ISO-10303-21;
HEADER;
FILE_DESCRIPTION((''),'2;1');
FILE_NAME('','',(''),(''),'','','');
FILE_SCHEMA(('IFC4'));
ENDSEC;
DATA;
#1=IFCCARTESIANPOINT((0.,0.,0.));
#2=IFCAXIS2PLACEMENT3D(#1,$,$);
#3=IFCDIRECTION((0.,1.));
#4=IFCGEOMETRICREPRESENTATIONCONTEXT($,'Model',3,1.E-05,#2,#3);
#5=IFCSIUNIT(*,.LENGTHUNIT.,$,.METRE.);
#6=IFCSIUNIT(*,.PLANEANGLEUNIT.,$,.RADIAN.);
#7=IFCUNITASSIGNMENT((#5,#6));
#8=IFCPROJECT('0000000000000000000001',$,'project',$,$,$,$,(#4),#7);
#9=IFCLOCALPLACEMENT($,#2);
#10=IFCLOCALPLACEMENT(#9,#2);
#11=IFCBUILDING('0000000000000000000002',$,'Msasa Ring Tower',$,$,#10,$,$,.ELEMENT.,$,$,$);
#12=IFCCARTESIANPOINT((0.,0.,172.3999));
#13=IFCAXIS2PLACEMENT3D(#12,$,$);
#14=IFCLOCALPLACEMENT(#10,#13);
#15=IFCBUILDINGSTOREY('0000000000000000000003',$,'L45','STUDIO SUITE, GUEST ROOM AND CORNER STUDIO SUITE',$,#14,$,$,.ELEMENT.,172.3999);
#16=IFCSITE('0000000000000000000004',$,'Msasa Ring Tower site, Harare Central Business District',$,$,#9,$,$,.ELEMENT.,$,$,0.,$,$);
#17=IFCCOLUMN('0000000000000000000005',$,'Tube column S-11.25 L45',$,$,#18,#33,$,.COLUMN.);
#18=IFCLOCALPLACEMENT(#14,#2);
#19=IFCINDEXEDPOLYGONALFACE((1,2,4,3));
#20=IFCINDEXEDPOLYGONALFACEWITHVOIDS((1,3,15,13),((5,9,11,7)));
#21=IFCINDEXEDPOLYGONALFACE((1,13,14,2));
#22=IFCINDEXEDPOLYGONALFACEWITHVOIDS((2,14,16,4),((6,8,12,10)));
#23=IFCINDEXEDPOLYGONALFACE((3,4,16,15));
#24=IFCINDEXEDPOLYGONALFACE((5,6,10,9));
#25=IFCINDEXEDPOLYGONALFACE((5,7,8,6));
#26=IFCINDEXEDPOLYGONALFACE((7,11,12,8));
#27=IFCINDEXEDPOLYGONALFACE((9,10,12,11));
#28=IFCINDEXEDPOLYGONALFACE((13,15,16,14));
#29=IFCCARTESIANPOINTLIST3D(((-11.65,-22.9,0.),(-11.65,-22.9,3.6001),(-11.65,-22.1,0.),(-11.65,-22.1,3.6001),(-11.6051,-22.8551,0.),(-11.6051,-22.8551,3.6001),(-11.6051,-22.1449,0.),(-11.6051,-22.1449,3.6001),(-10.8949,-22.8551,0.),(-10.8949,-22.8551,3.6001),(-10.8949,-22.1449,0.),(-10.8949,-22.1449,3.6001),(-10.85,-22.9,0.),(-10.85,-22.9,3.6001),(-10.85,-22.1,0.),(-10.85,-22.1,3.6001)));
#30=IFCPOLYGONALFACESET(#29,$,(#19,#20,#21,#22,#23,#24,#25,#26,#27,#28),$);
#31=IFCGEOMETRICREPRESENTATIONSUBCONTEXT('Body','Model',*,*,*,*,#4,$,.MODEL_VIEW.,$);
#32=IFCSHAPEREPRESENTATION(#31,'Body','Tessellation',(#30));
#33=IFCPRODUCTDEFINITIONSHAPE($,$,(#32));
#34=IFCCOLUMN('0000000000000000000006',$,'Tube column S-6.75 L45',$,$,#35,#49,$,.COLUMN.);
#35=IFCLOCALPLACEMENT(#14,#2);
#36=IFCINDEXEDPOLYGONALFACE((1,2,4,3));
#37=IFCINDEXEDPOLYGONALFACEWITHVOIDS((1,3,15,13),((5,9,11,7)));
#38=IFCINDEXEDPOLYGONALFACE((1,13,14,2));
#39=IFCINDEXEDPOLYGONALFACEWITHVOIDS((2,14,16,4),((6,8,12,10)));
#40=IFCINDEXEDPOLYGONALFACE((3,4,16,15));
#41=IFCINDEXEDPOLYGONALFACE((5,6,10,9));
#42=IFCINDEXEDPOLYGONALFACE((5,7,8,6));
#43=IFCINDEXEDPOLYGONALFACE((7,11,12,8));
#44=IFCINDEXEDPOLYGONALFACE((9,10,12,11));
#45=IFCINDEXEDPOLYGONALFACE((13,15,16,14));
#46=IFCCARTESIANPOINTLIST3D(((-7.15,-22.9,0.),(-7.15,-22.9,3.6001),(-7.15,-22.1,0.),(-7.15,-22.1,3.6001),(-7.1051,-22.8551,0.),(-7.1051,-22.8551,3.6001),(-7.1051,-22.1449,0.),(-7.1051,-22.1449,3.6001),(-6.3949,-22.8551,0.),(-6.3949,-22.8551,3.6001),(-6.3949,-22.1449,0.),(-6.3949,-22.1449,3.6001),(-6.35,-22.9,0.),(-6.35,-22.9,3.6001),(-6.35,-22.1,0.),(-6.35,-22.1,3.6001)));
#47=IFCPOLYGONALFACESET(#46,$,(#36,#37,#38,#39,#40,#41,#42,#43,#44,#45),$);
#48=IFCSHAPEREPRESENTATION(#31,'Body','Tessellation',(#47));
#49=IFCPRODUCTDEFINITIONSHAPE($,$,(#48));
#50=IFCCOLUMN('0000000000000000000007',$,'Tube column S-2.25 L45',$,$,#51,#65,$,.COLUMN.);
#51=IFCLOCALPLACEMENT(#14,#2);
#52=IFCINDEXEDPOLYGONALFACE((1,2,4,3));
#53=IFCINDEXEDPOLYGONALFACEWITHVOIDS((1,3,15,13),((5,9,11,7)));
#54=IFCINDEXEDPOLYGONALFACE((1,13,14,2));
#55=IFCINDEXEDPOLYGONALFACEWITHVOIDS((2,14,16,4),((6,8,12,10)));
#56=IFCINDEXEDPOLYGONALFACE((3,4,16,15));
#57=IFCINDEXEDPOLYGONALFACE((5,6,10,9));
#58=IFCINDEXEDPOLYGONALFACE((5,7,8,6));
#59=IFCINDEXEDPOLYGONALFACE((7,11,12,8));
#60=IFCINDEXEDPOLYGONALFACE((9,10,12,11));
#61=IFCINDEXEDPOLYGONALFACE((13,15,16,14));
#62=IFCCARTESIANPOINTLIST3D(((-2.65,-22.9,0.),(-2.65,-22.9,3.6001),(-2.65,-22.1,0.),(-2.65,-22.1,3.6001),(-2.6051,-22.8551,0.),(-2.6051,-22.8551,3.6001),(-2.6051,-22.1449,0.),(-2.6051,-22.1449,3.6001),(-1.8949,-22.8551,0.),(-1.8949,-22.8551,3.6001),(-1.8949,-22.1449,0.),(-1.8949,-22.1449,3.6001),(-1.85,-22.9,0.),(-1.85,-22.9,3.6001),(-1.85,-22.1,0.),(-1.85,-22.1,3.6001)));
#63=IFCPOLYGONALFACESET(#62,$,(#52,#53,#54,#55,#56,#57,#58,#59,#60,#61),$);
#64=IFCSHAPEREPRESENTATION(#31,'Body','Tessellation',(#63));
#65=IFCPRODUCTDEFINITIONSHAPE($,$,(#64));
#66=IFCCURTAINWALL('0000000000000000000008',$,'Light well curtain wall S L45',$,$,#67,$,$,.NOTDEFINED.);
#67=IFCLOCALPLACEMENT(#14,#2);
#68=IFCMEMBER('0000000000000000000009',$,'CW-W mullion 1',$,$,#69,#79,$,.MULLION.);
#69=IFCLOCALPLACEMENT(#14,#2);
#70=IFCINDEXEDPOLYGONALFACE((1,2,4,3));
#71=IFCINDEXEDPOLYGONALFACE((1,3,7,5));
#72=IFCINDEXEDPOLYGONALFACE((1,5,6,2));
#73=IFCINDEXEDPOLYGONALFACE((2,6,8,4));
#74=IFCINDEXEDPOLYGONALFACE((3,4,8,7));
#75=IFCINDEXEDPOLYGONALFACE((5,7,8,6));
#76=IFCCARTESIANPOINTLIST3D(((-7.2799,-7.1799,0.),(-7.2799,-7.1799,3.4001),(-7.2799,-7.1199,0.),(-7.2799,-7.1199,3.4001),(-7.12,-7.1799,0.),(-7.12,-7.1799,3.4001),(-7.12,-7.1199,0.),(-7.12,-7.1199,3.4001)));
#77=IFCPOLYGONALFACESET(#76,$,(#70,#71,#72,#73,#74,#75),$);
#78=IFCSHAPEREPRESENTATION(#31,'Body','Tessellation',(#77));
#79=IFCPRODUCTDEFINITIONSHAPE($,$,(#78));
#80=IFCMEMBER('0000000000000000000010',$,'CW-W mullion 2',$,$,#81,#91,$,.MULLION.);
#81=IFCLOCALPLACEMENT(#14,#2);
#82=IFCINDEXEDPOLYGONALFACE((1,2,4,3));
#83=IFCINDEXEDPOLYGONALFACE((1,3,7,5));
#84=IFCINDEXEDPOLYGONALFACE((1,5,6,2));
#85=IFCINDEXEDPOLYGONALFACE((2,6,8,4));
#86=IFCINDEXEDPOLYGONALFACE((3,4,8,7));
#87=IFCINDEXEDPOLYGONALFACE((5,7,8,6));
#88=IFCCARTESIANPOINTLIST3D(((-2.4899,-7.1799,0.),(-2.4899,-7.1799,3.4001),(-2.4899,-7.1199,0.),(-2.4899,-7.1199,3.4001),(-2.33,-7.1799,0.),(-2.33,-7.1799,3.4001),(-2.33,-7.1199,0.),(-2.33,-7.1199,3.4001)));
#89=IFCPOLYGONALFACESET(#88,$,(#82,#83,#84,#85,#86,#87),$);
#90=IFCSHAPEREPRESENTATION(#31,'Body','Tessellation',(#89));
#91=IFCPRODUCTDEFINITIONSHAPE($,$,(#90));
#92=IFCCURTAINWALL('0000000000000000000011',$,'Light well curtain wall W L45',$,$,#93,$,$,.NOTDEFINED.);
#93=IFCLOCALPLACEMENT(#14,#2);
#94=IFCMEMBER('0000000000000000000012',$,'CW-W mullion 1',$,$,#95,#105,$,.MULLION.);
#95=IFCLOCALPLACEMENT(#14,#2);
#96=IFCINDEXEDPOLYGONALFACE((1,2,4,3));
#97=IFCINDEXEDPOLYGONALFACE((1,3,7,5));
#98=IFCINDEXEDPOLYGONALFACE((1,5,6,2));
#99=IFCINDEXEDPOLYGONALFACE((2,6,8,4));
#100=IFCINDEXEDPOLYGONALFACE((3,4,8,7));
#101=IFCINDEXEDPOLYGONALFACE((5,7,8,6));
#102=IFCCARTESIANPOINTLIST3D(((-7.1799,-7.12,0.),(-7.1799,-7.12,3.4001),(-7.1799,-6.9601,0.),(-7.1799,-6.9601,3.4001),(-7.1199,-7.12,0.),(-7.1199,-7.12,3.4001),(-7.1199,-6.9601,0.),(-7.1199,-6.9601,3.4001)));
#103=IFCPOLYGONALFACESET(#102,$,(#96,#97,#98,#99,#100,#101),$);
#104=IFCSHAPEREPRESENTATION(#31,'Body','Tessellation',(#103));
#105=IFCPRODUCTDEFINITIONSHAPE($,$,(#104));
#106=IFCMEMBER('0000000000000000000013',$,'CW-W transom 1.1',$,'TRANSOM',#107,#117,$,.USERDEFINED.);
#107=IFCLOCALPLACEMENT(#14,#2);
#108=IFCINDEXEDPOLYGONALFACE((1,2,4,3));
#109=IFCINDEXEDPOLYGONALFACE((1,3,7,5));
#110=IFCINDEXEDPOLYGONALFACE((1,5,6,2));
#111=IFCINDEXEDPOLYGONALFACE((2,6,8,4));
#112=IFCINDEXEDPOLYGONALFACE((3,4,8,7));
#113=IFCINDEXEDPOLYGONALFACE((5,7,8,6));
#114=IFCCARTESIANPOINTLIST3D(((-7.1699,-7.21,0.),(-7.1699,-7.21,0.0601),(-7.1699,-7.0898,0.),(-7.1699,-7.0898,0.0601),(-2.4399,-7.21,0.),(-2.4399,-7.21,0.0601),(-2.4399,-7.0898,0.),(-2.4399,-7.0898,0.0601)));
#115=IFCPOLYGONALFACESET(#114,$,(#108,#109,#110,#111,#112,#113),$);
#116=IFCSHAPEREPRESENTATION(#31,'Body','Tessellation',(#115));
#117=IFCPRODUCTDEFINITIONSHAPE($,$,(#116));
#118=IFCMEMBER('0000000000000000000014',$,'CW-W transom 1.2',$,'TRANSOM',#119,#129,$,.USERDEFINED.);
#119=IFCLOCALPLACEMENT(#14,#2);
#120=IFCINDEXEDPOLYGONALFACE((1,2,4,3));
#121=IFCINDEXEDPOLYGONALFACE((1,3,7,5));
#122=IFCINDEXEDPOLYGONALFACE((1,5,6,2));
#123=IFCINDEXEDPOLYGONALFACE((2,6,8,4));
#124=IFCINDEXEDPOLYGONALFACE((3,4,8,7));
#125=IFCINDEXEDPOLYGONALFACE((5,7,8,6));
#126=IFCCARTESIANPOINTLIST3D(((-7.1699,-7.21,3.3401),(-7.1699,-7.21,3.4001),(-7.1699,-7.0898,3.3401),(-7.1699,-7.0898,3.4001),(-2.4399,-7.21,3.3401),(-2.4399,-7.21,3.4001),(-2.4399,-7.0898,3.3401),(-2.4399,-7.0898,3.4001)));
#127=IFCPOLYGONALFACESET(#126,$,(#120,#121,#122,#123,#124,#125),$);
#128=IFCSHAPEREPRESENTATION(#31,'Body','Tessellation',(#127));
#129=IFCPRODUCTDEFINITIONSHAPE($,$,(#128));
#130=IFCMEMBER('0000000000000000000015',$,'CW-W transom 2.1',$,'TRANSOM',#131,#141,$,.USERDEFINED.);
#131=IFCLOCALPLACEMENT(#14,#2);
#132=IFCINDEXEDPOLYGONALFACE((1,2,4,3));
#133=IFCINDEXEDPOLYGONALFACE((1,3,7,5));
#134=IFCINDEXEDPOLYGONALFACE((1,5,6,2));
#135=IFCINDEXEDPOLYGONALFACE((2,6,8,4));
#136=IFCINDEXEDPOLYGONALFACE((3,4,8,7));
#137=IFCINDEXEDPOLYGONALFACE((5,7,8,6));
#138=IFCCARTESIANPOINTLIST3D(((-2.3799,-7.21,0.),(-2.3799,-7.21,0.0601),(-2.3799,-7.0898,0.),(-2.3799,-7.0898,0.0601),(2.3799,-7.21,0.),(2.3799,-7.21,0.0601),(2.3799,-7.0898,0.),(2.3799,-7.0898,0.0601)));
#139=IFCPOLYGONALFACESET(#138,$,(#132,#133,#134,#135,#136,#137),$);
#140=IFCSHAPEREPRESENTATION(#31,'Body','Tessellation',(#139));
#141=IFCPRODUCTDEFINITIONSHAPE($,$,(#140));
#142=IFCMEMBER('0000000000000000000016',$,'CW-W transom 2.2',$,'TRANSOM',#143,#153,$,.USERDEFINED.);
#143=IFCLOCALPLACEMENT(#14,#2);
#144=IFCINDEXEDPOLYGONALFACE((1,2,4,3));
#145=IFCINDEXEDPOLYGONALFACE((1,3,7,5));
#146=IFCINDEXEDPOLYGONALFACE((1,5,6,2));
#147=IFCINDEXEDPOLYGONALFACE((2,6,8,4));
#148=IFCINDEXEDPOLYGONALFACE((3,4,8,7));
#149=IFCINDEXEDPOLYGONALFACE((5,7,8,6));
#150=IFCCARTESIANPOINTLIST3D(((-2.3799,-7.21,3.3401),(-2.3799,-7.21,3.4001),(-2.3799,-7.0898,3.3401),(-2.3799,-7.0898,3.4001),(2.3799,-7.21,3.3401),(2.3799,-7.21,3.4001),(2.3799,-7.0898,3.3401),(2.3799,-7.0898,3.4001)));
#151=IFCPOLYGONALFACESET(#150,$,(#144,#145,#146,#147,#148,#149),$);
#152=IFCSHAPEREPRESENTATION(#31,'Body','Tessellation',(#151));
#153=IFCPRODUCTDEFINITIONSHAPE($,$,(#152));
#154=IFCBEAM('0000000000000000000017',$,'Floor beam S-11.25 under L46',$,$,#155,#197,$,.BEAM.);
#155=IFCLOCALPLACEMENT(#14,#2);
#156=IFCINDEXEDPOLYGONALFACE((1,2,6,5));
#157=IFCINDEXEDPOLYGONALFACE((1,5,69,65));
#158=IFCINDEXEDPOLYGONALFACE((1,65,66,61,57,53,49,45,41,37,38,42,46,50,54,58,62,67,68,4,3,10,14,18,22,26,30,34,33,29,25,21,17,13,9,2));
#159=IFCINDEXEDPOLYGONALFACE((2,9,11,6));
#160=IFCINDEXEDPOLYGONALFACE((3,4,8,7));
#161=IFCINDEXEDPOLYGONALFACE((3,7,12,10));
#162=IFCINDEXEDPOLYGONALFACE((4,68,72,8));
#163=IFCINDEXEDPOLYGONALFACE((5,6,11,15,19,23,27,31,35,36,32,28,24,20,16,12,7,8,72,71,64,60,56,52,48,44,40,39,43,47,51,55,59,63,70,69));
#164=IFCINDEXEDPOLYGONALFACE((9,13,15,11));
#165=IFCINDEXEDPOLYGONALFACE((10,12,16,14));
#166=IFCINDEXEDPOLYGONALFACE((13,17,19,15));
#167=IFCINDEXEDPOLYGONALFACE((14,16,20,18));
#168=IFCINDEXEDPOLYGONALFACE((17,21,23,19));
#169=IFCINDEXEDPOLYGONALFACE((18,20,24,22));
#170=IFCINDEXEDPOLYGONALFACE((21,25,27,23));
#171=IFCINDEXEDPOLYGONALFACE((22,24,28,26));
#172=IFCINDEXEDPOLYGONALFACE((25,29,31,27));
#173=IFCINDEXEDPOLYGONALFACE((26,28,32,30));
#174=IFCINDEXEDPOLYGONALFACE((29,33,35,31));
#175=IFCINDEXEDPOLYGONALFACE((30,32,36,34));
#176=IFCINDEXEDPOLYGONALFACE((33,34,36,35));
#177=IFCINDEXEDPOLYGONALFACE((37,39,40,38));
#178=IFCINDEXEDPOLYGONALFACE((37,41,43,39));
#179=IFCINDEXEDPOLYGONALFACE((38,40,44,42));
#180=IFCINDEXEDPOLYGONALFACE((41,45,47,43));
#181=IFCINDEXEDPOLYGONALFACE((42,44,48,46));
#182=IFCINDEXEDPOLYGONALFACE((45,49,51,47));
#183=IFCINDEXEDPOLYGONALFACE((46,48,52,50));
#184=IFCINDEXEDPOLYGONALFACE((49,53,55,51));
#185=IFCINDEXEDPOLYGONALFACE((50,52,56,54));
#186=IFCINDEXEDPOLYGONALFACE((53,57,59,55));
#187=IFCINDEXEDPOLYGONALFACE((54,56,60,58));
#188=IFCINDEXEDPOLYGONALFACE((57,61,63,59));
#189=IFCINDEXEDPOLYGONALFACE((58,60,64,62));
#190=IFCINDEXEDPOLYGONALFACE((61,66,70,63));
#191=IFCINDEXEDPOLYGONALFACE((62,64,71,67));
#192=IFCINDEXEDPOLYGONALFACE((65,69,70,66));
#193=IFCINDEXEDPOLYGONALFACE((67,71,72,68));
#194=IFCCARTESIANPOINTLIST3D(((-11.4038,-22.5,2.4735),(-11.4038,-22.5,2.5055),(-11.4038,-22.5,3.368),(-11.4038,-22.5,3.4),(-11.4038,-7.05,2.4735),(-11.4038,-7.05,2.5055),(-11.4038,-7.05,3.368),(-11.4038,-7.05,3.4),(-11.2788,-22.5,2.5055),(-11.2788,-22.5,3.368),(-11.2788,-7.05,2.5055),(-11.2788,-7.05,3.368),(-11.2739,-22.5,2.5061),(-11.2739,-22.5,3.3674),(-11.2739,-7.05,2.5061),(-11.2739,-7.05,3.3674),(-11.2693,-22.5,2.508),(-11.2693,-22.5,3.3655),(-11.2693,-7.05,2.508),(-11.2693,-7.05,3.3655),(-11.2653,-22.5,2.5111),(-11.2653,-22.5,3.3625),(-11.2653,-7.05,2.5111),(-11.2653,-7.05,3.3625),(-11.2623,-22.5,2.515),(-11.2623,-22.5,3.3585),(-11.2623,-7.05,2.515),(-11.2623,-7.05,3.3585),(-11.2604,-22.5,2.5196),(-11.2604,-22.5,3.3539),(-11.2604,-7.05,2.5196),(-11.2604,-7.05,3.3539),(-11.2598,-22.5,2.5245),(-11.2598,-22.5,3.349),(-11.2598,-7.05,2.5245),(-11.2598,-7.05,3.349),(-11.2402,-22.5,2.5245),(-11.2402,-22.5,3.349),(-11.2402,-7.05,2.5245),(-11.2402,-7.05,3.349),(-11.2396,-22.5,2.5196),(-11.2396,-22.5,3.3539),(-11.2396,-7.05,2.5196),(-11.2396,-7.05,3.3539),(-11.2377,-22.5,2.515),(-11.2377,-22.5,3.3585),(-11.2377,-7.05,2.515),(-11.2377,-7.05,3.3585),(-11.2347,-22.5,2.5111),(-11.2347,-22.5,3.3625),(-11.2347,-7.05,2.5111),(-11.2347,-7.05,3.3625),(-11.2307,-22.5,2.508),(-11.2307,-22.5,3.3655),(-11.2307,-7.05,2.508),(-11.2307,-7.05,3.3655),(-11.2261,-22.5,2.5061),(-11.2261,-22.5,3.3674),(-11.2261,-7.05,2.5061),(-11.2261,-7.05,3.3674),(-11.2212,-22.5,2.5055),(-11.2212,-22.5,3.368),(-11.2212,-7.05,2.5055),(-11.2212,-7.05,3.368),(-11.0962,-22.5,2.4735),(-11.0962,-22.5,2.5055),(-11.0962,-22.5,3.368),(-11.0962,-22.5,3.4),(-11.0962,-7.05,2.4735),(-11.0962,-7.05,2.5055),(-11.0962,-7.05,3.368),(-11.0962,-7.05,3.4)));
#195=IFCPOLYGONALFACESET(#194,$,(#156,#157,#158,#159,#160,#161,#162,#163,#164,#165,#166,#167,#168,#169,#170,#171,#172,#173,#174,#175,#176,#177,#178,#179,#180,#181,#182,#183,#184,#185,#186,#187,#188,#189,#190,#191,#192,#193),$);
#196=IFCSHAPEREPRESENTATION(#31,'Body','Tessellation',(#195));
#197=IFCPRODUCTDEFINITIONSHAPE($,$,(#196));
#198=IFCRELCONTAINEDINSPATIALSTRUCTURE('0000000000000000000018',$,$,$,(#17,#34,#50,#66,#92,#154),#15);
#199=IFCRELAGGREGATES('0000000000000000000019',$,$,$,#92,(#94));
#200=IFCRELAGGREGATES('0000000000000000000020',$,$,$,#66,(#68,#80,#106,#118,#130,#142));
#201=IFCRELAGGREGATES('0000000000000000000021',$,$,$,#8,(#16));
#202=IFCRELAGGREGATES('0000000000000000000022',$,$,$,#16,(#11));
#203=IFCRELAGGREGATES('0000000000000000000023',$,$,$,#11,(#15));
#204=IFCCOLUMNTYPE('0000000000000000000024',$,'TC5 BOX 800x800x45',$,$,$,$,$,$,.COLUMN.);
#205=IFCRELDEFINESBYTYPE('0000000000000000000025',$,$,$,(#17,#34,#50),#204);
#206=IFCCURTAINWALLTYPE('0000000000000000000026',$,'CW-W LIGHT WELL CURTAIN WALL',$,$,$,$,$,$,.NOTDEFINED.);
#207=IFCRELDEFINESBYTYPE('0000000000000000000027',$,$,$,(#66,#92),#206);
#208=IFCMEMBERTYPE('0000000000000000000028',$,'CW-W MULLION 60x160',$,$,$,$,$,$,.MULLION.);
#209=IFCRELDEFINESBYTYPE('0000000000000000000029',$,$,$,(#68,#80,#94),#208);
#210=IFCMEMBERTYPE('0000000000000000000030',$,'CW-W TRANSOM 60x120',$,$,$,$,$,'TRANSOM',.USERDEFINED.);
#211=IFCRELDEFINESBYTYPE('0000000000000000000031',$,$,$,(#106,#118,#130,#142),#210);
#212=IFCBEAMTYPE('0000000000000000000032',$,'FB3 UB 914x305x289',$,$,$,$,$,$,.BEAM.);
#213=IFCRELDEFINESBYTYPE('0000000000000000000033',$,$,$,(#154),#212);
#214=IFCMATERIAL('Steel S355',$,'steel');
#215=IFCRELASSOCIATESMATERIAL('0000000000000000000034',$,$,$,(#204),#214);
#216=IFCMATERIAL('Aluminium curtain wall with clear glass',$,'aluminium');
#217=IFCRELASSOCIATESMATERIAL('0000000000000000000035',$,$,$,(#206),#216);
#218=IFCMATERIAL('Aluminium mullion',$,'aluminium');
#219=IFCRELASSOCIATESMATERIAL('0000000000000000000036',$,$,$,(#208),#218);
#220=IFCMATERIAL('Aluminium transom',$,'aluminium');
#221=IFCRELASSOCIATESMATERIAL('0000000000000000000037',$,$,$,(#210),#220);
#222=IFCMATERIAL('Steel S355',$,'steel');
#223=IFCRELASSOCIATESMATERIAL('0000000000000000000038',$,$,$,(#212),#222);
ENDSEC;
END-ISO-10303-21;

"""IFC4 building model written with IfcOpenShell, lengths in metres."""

from ifc_helpers import new_model, si_unit, direction, frame, origin, origin_2d, place, context, subcontext, project, spatial, rectangle, hollow_rectangle, i_section, extrude, material, material_profile, profile_set, type_object, element, aggregate, save


model = new_model("IFC4")

# Units and contexts
model_context = context("Model", 3, precision=1e-05, world=origin(), true_north=direction((0.0, 1.0)))
body_context = subcontext(model_context, "Body", "Model", "MODEL_VIEW")
ifc_project = project(units=[si_unit("LENGTHUNIT", "METRE"), si_unit("PLANEANGLEUNIT", "RADIAN")], contexts=[model_context])

# Site, building, storey
site_placement = place(None, origin())
site = spatial("IfcSite", under=ifc_project, at=site_placement, Name="Msasa Ring Tower site, Harare Central Business District", CompositionType="ELEMENT", RefElevation=0.0)
building_placement = place(site_placement, origin())
building = spatial("IfcBuilding", under=site, at=building_placement, Name="Msasa Ring Tower", CompositionType="ELEMENT")
storey_placement = place(building_placement, frame((0.0, 0.0, 172.3999)))
storey = spatial("IfcBuildingStorey", under=building, at=storey_placement, Name="L45", Description="STUDIO SUITE, GUEST ROOM AND CORNER STUDIO SUITE", CompositionType="ELEMENT", Elevation=172.3999)

# Columns
ifc_material_1 = material(Name="Steel S355", Category="steel")
ifc_material_profile_1 = material_profile(ifc_material_1, hollow_rectangle(XDim=0.8, YDim=0.8, WallThickness=0.0449, at=origin_2d()), Name="BOX 800x800x45")
ifc_profile_set_1 = profile_set([ifc_material_profile_1], Name="Steel S355")
column_type = type_object("IfcColumnType", Name="TC5 BOX 800x800x45", PredefinedType="COLUMN", material=ifc_profile_set_1)
for number, where, z_axis, x_axis, name in (
    (1, (-11.25, -22.5, 0.0), (0.0, 0.0, 1.0), (0.0, 1.0, 0.0), "Tube column S-11.25 L45"),
    (2, (-6.75, -22.5, 0.0), (0.0, 0.0, 1.0), (0.0, 1.0, 0.0), "Tube column S-6.75 L45"),
    (3, (-2.25, -22.5, 0.0), (0.0, 0.0, 1.0), (0.0, 1.0, 0.0), "Tube column S-2.25 L45"),
):
    element("IfcColumn", number, at=place(storey_placement, frame(where, z_axis=z_axis, x_axis=x_axis)), inside=storey, type_object=column_type, Name=name, PredefinedType="COLUMN", context=body_context, shape_type="SweptSolid", body=[
        extrude(hollow_rectangle(XDim=0.8, YDim=0.8, WallThickness=0.0449, at=origin_2d()), origin(), (0.0, 0.0, 1.0), 3.6001),
    ])

# Curtain wall, members
ifc_material_2 = material(Name="Aluminium curtain wall with clear glass", Category="aluminium")
curtain_wall_type = type_object("IfcCurtainWallType", Name="CW-W LIGHT WELL CURTAIN WALL", PredefinedType="NOTDEFINED", material=ifc_material_2)
curtain_wall_1_placement = place(storey_placement, origin())
curtain_wall_1 = element("IfcCurtainWall", 4, at=curtain_wall_1_placement, inside=storey, type_object=curtain_wall_type, Name="Light well curtain wall S L45", PredefinedType="NOTDEFINED")
ifc_material_3 = material(Name="Aluminium mullion", Category="aluminium")
ifc_material_profile_2 = material_profile(ifc_material_3, rectangle(XDim=0.0601, YDim=0.1599, at=origin_2d()), Name="AL 60x160")
ifc_profile_set_2 = profile_set([ifc_material_profile_2], Name="Aluminium mullion")
member_type_1 = type_object("IfcMemberType", Name="CW-W MULLION 60x160", PredefinedType="MULLION", material=ifc_profile_set_2)
member_1_placement = place(storey_placement, frame((-7.2, -7.1499, 0.0), z_axis=(0.0, 0.0, 1.0), x_axis=(0.0, 1.0, 0.0)))
member_1 = element("IfcMember", 5, at=member_1_placement, type_object=member_type_1, Name="CW-W mullion 1", PredefinedType="MULLION", context=body_context, shape_type="SweptSolid", body=[
    extrude(rectangle(XDim=0.0601, YDim=0.1599, at=origin_2d()), origin(), (0.0, 0.0, 1.0), 3.4001),
])
member_2_placement = place(storey_placement, frame((-2.4099, -7.1499, 0.0), z_axis=(0.0, 0.0, 1.0), x_axis=(0.0, 1.0, 0.0)))
member_2 = element("IfcMember", 6, at=member_2_placement, type_object=member_type_1, Name="CW-W mullion 2", PredefinedType="MULLION", context=body_context, shape_type="SweptSolid", body=[
    extrude(rectangle(XDim=0.0601, YDim=0.1599, at=origin_2d()), origin(), (0.0, 0.0, 1.0), 3.4001),
])

# Curtain wall, member
curtain_wall_2_placement = place(storey_placement, origin())
curtain_wall_2 = element("IfcCurtainWall", 7, at=curtain_wall_2_placement, inside=storey, type_object=curtain_wall_type, Name="Light well curtain wall W L45", PredefinedType="NOTDEFINED")
member_3_placement = place(storey_placement, frame((-7.1499, -7.04, 0.0), z_axis=(0.0, 0.0, 1.0), x_axis=(-1.0, 0.0, 0.0)))
member_3 = element("IfcMember", 8, at=member_3_placement, type_object=member_type_1, Name="CW-W mullion 1", PredefinedType="MULLION", context=body_context, shape_type="SweptSolid", body=[
    extrude(rectangle(XDim=0.0601, YDim=0.1599, at=origin_2d()), origin(), (0.0, 0.0, 1.0), 3.4001),
])
aggregate(curtain_wall_2, [member_3])

# Members
ifc_material_4 = material(Name="Aluminium transom", Category="aluminium")
ifc_material_profile_3 = material_profile(ifc_material_4, rectangle(XDim=0.1201, YDim=0.0601, at=origin_2d()), Name="AL 60x120")
ifc_profile_set_3 = profile_set([ifc_material_profile_3], Name="Aluminium transom")
member_type_2 = type_object("IfcMemberType", Name="CW-W TRANSOM 60x120", ElementType="TRANSOM", PredefinedType="USERDEFINED", material=ifc_profile_set_3)
member_4_placement = place(storey_placement, frame((-7.1699, -7.1499, 0.03), z_axis=(1.0, 0.0, 0.0), x_axis=(0.0, 1.0, 0.0)))
member_4 = element("IfcMember", 9, at=member_4_placement, type_object=member_type_2, Name="CW-W transom 1.1", ObjectType="TRANSOM", PredefinedType="USERDEFINED", context=body_context, shape_type="SweptSolid", body=[
    extrude(rectangle(XDim=0.1201, YDim=0.0601, at=origin_2d()), origin(), (0.0, 0.0, 1.0), 4.73),
])
member_5_placement = place(storey_placement, frame((-7.1699, -7.1499, 3.3701), z_axis=(1.0, 0.0, 0.0), x_axis=(0.0, 1.0, 0.0)))
member_5 = element("IfcMember", 10, at=member_5_placement, type_object=member_type_2, Name="CW-W transom 1.2", ObjectType="TRANSOM", PredefinedType="USERDEFINED", context=body_context, shape_type="SweptSolid", body=[
    extrude(rectangle(XDim=0.1201, YDim=0.0601, at=origin_2d()), origin(), (0.0, 0.0, 1.0), 4.73),
])
member_6_placement = place(storey_placement, frame((-2.3799, -7.1499, 0.03), z_axis=(1.0, 0.0, 0.0), x_axis=(0.0, 1.0, 0.0)))
member_6 = element("IfcMember", 11, at=member_6_placement, type_object=member_type_2, Name="CW-W transom 2.1", ObjectType="TRANSOM", PredefinedType="USERDEFINED", context=body_context, shape_type="SweptSolid", body=[
    extrude(rectangle(XDim=0.1201, YDim=0.0601, at=origin_2d()), origin(), (0.0, 0.0, 1.0), 4.7598),
])
member_7_placement = place(storey_placement, frame((-2.3799, -7.1499, 3.3701), z_axis=(1.0, 0.0, 0.0), x_axis=(0.0, 1.0, 0.0)))
member_7 = element("IfcMember", 12, at=member_7_placement, type_object=member_type_2, Name="CW-W transom 2.2", ObjectType="TRANSOM", PredefinedType="USERDEFINED", context=body_context, shape_type="SweptSolid", body=[
    extrude(rectangle(XDim=0.1201, YDim=0.0601, at=origin_2d()), origin(), (0.0, 0.0, 1.0), 4.7598),
])

# Beam
ifc_material_5 = material(Name="Steel S355", Category="steel")
ifc_material_profile_4 = material_profile(ifc_material_5, i_section(OverallWidth=0.3076, OverallDepth=0.9265, WebThickness=0.0195, FlangeThickness=0.032, FilletRadius=0.019, at=origin_2d()), Name="UB 914x305x289")
ifc_profile_set_4 = profile_set([ifc_material_profile_4], Name="Steel S355")
beam_type_1 = type_object("IfcBeamType", Name="FB3 UB 914x305x289", PredefinedType="BEAM", material=ifc_profile_set_4)
beam_placement = place(storey_placement, frame((-11.25, -22.5, 2.9368), z_axis=(0.0, 1.0, 0.0), x_axis=(-1.0, 0.0, 0.0)))
element("IfcBeam", 13, at=beam_placement, inside=storey, type_object=beam_type_1, Name="Floor beam S-11.25 under L46", PredefinedType="BEAM", context=body_context, shape_type="SweptSolid", body=[
    extrude(i_section(OverallWidth=0.3076, OverallDepth=0.9265, WebThickness=0.0195, FlangeThickness=0.032, FilletRadius=0.019, at=origin_2d()), origin(), (0.0, 0.0, 1.0), 15.45),
])

aggregate(curtain_wall_1, [member_1, member_2, member_4, member_5, member_6, member_7])

save(model, "model.ifc")
